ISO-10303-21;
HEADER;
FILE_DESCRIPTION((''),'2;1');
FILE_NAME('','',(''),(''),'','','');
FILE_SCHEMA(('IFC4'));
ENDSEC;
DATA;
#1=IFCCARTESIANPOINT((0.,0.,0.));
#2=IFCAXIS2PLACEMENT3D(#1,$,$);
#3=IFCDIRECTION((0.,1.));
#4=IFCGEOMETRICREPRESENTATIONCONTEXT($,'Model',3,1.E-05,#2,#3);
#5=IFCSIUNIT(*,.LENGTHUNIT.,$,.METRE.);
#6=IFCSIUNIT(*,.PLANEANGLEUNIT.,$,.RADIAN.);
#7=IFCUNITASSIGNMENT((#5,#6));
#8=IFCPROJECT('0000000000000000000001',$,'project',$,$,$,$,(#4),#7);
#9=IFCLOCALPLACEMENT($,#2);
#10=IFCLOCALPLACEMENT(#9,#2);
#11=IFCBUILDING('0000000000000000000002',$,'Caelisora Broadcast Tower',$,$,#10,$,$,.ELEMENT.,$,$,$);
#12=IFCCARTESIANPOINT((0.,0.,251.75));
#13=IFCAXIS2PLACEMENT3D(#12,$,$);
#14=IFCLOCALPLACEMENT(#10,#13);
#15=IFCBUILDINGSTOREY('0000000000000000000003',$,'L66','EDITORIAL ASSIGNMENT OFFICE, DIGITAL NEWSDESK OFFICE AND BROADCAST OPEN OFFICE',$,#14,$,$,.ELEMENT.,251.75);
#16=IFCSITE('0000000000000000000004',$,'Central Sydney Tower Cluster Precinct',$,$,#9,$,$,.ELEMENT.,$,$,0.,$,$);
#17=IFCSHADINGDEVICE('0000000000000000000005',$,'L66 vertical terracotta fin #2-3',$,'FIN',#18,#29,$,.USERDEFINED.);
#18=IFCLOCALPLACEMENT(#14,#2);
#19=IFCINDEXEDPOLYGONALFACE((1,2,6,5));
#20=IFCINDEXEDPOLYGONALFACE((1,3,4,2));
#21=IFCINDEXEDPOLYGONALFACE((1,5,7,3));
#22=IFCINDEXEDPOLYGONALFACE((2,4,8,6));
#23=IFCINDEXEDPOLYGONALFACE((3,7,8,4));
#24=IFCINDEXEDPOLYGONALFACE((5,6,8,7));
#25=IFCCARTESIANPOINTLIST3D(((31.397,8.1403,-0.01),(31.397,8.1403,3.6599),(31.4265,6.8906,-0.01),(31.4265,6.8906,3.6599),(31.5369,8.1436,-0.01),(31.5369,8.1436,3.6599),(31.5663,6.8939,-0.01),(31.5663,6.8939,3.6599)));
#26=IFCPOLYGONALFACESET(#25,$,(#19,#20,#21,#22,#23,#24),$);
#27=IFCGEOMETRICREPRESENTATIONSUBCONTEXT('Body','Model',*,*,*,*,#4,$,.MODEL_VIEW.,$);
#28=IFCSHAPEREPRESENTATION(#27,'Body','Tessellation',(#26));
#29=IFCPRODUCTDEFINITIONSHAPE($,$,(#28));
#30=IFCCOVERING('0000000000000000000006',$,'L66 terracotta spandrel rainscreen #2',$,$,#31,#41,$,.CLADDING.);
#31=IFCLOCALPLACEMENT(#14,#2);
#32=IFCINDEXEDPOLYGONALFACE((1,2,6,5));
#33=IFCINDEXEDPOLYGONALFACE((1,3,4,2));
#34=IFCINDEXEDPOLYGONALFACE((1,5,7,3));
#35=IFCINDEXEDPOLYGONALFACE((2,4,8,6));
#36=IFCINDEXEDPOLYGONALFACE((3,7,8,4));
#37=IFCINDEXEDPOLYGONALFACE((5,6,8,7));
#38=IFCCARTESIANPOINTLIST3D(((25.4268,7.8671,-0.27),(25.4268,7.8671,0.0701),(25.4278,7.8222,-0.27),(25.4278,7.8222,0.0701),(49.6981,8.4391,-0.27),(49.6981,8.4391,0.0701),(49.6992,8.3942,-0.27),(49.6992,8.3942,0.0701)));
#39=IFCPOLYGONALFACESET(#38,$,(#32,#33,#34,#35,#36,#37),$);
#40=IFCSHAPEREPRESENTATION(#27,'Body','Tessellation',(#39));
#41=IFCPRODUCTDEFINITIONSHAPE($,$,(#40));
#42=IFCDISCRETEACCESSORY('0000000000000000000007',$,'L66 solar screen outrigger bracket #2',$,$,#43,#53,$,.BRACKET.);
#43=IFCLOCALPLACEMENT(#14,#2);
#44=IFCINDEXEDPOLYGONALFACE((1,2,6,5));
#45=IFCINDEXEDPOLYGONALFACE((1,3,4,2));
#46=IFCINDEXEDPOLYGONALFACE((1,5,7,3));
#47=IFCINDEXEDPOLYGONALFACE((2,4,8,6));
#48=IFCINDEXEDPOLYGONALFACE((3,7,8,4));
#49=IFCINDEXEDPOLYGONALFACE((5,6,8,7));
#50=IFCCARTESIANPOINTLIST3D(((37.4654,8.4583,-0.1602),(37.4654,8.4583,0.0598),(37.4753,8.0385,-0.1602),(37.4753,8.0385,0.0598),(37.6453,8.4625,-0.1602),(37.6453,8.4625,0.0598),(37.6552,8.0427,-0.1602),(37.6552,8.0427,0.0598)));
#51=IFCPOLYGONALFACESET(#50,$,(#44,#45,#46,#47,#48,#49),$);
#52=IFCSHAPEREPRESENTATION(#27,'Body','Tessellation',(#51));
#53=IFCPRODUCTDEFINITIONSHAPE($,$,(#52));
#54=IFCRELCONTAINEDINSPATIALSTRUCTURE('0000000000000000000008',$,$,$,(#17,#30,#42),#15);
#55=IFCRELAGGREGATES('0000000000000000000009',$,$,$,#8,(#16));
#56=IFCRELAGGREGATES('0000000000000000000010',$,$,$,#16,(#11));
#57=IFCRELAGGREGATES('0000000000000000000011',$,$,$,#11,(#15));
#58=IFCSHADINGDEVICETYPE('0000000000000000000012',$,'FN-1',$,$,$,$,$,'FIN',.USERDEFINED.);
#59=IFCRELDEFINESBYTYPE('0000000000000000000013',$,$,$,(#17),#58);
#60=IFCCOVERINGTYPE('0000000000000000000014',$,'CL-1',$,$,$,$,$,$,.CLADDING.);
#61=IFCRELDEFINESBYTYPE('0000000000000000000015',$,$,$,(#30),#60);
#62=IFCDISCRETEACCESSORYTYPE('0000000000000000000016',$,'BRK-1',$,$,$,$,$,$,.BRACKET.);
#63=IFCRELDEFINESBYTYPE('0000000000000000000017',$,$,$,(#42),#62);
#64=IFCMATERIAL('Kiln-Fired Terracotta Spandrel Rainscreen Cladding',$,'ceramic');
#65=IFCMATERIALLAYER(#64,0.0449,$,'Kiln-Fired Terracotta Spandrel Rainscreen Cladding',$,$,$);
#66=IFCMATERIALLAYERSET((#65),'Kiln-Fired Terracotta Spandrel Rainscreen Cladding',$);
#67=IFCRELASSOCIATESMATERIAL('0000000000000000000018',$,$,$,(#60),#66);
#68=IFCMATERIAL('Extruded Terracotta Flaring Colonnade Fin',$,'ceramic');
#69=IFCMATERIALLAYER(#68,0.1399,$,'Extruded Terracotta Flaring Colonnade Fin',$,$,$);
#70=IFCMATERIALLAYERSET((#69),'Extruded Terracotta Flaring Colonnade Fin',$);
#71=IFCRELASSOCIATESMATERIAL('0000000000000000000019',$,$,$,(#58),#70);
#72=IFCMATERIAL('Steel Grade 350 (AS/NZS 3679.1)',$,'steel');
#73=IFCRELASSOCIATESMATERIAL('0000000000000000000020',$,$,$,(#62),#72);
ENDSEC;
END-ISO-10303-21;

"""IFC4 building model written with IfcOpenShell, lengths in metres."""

from ifc_helpers import new_model, si_unit, direction, frame, origin, origin_2d, place, context, subcontext, project, spatial, rectangle, extrude, source, transform, mapped, material, layer, layer_set, type_object, type_shapes, element, save


model = new_model("IFC4")

# Units and contexts
model_context = context("Model", 3, precision=1e-05, world=origin(), true_north=direction((0.0, 1.0)))
body_context = subcontext(model_context, "Body", "Model", "MODEL_VIEW")
ifc_project = project(units=[si_unit("LENGTHUNIT", "METRE"), si_unit("PLANEANGLEUNIT", "RADIAN")], contexts=[model_context])

# Site, building, storey
site_placement = place(None, origin())
site = spatial("IfcSite", under=ifc_project, at=site_placement, Name="Central Sydney Tower Cluster Precinct", CompositionType="ELEMENT", RefElevation=0.0)
building_placement = place(site_placement, origin())
building = spatial("IfcBuilding", under=site, at=building_placement, Name="Caelisora Broadcast Tower", CompositionType="ELEMENT")
storey_placement = place(building_placement, frame((0.0, 0.0, 251.75)))
storey = spatial("IfcBuildingStorey", under=building, at=storey_placement, Name="L66", Description="EDITORIAL ASSIGNMENT OFFICE, DIGITAL NEWSDESK OFFICE AND BROADCAST OPEN OFFICE", CompositionType="ELEMENT", Elevation=251.75)

# Shared definitions
ifc_material_1 = material(Name="Steel Grade 350 (AS/NZS 3679.1)", Category="steel")

# Shared definitions
ifc_material_2 = material(Name="Kiln-Fired Terracotta Spandrel Rainscreen Cladding", Category="ceramic")
ifc_layer_1 = layer(ifc_material_2, 0.0449, Name="Kiln-Fired Terracotta Spandrel Rainscreen Cladding")
ifc_layer_set_1 = layer_set([ifc_layer_1], Name="Kiln-Fired Terracotta Spandrel Rainscreen Cladding")
covering_type = type_object("IfcCoveringType", Name="CL-1", PredefinedType="CLADDING", material=ifc_layer_set_1)

# Shading device
ifc_material_3 = material(Name="Extruded Terracotta Flaring Colonnade Fin", Category="ceramic")
ifc_layer_2 = layer(ifc_material_3, 0.1399, Name="Extruded Terracotta Flaring Colonnade Fin")
ifc_layer_set_2 = layer_set([ifc_layer_2], Name="Extruded Terracotta Flaring Colonnade Fin")
shading_device_type = type_object("IfcShadingDeviceType", Name="FN-1", ElementType="FIN", PredefinedType="USERDEFINED", material=ifc_layer_set_2)
shared_shape_1 = source(origin(), body_context, "Body", "SweptSolid", [
    extrude(rectangle(XDim=0.1399, YDim=1.25, at=origin_2d()), origin(), (0.0, 0.0, 1.0), 3.6699),
])
type_shapes(shading_device_type, [shared_shape_1])
shading_device_placement = place(storey_placement, frame((31.4817, 7.5171, -0.01), z_axis=(0.0, 0.0, 1.0), x_axis=(-0.999722, -0.02356, 0.0)))
element("IfcShadingDevice", 1, at=shading_device_placement, inside=storey, type_object=shading_device_type, Name="L66 vertical terracotta fin #2-3", ObjectType="FIN", PredefinedType="USERDEFINED", context=body_context, shape_type="MappedRepresentation", body=[
    mapped(shared_shape_1, transform((0.0, 0.0, 0.0), scale=1.0)),
])

# Covering
shared_shape_2 = source(origin(), body_context, "Body", "SweptSolid", [
    extrude(rectangle(XDim=24.2781, YDim=0.0449, at=origin_2d()), origin(), (0.0, 0.0, 1.0), 0.3401),
])
covering_1_placement = place(storey_placement, frame((37.563, 8.1306, -0.27), z_axis=(0.0, 0.0, 1.0), x_axis=(0.999722, 0.02356, 0.0)))
element("IfcCovering", 2, at=covering_1_placement, inside=storey, type_object=covering_type, Name="L66 terracotta spandrel rainscreen #2", PredefinedType="CLADDING", context=body_context, shape_type="MappedRepresentation", body=[
    mapped(shared_shape_2, transform((0.0, 0.0, 0.0), scale=1.0)),
])

# Discrete accessory
discrete_accessory_type = type_object("IfcDiscreteAccessoryType", Name="BRK-1", PredefinedType="BRACKET", material=ifc_material_1)
shared_shape_3 = source(origin(), body_context, "Body", "SweptSolid", [
    extrude(rectangle(XDim=0.1799, YDim=0.4199, at=origin_2d()), origin(), (0.0, 0.0, 1.0), 0.22),
])
type_shapes(discrete_accessory_type, [shared_shape_3])
discrete_accessory_placement = place(storey_placement, frame((37.5603, 8.2505, -0.1602), z_axis=(0.0, 0.0, 1.0), x_axis=(0.999722, 0.02356, 0.0)))
element("IfcDiscreteAccessory", 3, at=discrete_accessory_placement, inside=storey, type_object=discrete_accessory_type, Name="L66 solar screen outrigger bracket #2", PredefinedType="BRACKET", context=body_context, shape_type="MappedRepresentation", body=[
    mapped(shared_shape_3, transform((0.0, 0.0, 0.0), scale=1.0)),
])

save(model, "model.ifc")
